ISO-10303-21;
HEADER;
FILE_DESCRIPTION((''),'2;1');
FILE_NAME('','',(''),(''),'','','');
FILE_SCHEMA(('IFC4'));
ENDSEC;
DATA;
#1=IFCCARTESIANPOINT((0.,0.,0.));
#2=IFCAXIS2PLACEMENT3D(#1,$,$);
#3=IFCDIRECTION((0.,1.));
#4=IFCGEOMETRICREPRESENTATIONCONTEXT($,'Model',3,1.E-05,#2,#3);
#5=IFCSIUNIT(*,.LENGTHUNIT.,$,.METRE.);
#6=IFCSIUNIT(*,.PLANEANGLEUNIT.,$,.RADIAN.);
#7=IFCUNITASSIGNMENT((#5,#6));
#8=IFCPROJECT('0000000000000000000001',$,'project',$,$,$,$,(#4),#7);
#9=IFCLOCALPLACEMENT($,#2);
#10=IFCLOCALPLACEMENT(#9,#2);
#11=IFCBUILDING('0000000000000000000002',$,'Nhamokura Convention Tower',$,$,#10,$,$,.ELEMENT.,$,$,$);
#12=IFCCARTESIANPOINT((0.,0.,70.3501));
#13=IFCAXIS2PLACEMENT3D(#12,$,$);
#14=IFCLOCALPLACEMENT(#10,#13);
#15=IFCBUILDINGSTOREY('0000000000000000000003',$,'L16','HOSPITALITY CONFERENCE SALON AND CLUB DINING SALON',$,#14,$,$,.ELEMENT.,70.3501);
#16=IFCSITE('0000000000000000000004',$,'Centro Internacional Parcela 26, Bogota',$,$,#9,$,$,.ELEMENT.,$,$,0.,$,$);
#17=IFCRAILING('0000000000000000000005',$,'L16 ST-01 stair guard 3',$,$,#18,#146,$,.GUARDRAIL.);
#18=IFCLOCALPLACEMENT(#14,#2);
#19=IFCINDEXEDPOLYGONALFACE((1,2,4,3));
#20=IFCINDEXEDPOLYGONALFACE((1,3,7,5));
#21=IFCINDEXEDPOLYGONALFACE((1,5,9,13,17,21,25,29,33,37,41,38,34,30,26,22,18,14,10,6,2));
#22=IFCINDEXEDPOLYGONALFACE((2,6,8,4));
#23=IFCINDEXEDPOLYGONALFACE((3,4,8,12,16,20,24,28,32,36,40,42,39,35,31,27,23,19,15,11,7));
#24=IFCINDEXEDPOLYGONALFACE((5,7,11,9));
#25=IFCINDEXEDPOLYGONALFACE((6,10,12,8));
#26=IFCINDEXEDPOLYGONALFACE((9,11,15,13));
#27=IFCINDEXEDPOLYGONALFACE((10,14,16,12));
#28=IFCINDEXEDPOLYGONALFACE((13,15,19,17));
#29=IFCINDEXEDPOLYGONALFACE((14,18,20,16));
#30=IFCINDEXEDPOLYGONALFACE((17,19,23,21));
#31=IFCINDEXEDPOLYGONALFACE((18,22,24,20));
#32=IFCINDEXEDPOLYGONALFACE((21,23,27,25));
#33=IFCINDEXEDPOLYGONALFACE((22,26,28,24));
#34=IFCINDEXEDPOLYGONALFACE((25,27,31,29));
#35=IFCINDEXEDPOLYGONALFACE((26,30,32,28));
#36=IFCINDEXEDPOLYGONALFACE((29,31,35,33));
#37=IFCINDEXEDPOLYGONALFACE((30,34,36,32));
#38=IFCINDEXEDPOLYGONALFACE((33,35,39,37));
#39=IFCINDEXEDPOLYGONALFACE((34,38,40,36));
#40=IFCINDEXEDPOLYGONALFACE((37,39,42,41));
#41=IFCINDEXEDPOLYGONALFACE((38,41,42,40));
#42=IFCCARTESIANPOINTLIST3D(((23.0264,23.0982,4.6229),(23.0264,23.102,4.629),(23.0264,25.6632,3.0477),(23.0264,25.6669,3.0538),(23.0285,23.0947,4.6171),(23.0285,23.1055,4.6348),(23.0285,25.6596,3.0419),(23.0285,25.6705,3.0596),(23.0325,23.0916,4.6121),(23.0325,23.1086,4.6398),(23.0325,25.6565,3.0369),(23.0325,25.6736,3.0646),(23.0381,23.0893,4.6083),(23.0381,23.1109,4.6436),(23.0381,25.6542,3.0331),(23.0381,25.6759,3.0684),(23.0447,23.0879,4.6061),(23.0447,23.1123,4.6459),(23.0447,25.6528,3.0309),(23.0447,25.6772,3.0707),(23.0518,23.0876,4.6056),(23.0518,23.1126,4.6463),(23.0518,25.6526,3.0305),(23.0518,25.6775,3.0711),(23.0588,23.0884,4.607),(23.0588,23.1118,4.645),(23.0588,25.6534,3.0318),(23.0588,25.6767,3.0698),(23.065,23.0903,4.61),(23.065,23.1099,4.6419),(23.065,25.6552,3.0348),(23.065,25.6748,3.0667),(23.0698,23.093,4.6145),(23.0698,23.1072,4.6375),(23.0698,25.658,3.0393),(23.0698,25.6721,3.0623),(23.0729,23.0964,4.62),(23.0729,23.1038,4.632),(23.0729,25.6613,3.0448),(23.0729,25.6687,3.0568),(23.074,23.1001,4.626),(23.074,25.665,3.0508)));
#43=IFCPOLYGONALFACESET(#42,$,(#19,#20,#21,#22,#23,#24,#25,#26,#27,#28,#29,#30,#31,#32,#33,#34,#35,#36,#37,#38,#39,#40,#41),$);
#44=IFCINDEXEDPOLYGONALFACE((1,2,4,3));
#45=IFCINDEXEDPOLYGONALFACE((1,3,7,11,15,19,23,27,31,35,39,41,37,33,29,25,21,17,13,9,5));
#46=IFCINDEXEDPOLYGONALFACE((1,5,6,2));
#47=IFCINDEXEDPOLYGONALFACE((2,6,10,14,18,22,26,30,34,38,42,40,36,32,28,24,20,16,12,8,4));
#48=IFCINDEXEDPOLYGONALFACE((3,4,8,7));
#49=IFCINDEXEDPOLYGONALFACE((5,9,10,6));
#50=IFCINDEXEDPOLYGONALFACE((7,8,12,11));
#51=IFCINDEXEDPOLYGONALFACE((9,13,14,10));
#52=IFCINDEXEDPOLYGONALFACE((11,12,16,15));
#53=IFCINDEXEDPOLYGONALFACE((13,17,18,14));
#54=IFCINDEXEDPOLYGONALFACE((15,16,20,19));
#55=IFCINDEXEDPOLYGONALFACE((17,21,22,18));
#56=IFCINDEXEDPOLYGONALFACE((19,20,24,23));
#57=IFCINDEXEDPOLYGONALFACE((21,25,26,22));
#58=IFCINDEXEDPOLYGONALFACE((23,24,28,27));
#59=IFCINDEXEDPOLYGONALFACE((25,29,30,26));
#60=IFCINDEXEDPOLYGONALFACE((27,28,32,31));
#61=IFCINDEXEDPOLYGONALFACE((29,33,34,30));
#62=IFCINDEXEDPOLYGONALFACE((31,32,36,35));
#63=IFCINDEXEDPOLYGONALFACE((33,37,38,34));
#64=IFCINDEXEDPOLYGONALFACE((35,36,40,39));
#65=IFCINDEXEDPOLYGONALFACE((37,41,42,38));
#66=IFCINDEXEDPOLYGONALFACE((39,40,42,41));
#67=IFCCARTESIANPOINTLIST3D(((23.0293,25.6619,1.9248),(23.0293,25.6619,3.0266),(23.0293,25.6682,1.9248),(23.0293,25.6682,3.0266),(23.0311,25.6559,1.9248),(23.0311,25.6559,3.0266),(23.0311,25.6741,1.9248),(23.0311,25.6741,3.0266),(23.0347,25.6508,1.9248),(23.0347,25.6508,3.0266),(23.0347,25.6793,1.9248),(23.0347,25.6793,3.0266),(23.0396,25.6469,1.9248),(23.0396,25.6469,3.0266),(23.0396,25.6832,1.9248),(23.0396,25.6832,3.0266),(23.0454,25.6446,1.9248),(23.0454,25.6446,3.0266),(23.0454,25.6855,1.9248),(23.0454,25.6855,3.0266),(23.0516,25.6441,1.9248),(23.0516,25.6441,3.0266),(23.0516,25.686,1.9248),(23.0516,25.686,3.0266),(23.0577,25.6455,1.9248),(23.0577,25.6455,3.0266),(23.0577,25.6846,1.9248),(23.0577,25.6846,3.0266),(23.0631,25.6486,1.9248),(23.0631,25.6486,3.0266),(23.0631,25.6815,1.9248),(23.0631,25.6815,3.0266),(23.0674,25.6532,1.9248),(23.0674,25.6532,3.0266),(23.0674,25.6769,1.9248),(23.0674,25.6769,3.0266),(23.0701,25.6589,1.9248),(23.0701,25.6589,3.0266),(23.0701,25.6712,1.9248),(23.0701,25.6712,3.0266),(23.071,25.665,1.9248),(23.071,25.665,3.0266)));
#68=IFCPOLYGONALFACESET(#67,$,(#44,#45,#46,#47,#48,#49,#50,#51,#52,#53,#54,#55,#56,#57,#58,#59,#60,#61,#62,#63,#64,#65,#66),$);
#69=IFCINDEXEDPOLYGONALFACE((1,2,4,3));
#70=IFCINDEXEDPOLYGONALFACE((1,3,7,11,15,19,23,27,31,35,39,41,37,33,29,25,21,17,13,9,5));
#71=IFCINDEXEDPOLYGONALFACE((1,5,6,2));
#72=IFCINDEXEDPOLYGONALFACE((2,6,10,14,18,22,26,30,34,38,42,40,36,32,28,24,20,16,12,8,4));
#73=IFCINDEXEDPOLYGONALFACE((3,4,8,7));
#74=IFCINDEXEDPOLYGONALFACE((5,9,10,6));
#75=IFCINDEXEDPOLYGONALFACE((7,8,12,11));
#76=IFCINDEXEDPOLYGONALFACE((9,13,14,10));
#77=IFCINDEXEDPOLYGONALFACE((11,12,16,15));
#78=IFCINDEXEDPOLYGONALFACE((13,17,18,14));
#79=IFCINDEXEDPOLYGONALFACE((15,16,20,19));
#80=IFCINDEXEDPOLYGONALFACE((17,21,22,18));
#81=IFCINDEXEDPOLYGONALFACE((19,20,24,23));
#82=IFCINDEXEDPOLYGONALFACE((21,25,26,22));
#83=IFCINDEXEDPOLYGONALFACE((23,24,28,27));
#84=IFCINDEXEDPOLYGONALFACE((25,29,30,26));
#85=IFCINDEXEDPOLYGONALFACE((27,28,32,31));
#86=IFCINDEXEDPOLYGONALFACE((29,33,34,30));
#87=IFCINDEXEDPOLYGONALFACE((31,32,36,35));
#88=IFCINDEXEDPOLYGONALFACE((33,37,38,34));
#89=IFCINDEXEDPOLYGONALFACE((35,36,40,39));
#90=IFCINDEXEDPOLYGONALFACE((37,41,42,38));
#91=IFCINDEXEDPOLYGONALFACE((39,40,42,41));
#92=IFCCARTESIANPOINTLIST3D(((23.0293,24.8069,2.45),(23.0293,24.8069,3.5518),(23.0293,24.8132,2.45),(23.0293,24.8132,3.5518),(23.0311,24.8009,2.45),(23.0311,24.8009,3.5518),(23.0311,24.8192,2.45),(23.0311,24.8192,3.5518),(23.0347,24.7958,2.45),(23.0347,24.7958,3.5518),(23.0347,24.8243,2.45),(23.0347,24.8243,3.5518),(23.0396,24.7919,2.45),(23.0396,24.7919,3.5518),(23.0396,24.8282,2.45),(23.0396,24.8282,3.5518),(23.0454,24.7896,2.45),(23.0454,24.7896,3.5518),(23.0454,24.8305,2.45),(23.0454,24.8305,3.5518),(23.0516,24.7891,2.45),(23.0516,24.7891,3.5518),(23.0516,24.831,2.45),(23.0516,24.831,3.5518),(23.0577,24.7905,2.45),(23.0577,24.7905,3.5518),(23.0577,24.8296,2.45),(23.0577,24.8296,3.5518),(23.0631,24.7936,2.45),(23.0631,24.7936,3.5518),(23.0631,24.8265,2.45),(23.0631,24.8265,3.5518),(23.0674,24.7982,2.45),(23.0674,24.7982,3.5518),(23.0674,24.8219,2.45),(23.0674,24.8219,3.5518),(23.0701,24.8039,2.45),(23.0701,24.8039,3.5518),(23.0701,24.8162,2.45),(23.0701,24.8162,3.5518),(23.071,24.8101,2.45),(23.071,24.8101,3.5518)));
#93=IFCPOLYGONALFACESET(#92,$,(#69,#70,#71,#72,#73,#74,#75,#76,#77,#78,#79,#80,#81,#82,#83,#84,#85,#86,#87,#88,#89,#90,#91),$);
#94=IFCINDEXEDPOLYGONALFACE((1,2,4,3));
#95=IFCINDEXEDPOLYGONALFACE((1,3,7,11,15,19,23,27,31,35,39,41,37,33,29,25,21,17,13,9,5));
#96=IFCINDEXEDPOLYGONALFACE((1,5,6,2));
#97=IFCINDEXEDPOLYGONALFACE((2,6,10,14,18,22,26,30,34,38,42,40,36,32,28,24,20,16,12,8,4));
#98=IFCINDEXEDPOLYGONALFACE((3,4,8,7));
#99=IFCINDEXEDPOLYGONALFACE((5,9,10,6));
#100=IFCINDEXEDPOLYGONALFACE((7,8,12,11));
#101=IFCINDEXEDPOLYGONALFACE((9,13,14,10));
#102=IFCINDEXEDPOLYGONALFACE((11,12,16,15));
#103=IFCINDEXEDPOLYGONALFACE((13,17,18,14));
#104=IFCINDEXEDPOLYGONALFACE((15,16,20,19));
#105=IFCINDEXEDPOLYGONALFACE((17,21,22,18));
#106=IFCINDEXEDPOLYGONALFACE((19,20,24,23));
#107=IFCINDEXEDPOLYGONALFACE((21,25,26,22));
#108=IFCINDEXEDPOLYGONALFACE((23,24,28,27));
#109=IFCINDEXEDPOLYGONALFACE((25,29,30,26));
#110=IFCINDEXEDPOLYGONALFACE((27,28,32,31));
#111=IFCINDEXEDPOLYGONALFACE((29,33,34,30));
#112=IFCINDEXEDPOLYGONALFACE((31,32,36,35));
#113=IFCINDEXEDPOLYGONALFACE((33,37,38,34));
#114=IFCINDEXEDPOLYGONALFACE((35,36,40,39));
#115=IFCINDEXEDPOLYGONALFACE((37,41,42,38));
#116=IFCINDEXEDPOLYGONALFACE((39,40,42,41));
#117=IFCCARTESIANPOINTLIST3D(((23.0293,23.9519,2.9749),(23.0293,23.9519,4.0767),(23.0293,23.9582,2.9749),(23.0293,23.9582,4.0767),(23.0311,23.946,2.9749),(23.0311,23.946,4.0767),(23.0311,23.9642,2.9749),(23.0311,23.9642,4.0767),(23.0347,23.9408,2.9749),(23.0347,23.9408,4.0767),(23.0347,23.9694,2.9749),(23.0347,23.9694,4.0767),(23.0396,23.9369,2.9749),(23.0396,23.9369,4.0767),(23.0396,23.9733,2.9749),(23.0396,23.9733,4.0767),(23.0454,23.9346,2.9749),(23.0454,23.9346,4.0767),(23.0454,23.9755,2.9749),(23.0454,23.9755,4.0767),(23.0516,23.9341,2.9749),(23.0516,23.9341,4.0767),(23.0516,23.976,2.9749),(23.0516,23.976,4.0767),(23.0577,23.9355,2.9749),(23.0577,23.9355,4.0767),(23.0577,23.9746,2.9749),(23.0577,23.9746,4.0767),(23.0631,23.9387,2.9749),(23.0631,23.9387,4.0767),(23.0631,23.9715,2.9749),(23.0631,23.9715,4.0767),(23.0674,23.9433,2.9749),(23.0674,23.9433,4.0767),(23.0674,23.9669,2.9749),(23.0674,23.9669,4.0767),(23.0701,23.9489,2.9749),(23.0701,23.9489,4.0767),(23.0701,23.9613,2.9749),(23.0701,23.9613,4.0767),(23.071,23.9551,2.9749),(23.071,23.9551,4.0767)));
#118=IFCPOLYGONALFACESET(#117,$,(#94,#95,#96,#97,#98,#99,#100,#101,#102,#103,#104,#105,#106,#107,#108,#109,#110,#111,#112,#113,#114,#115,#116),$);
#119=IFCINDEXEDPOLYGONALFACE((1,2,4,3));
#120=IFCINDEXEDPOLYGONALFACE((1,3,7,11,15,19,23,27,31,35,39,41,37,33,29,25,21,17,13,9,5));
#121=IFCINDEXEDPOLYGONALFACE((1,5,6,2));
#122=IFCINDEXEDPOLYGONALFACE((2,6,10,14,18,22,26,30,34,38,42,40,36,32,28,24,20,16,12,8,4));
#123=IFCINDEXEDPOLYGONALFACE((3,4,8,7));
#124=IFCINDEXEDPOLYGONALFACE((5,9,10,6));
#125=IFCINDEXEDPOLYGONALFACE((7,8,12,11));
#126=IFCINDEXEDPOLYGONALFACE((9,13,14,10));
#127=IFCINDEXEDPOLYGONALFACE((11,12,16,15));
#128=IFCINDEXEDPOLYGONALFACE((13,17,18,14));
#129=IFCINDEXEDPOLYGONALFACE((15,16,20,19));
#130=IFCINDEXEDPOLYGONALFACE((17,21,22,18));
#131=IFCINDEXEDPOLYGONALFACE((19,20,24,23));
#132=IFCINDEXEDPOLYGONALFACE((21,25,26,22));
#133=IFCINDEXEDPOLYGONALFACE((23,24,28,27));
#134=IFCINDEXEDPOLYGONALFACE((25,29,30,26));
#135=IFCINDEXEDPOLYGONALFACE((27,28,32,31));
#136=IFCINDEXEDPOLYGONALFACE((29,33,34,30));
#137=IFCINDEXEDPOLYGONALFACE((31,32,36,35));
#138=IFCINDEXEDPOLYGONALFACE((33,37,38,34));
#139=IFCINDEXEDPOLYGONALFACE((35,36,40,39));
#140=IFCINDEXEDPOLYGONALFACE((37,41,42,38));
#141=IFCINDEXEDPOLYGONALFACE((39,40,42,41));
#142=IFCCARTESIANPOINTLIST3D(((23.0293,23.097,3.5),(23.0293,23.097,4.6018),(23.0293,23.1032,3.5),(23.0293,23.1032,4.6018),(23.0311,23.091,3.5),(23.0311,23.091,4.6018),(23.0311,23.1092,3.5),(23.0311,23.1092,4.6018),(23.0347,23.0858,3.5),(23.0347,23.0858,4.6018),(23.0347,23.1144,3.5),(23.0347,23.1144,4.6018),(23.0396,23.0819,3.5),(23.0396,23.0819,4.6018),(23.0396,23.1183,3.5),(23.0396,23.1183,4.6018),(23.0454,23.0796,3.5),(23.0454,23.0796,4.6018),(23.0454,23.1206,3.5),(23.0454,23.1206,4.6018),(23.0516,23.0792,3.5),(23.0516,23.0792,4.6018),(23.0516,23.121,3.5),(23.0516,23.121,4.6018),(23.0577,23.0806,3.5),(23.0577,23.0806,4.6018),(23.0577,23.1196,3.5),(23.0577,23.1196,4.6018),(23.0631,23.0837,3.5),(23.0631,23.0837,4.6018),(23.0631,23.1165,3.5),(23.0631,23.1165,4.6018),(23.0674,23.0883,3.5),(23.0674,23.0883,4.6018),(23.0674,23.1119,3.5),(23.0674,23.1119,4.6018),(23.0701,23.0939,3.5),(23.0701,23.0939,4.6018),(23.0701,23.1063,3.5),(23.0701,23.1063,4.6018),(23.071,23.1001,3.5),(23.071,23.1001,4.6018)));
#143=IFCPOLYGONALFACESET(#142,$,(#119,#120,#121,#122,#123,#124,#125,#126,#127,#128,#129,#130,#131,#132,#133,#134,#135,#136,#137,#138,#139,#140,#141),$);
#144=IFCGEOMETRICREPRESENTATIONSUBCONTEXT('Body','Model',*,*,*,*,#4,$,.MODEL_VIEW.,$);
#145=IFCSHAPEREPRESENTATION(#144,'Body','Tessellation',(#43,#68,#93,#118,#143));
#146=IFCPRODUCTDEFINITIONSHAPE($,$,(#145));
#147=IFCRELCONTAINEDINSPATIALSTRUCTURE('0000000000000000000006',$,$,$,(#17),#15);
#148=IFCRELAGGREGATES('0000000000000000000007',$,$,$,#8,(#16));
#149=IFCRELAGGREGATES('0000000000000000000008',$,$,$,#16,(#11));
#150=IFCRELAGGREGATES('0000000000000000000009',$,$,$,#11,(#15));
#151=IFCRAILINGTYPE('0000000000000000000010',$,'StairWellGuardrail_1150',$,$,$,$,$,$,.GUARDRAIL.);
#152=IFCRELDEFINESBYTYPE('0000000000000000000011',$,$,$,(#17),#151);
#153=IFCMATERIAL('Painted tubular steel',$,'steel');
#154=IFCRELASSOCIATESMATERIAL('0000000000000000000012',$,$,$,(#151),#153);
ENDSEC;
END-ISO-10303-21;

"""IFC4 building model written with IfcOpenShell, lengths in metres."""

from ifc_helpers import new_model, si_unit, direction, frame, origin, origin_2d, place, context, subcontext, project, spatial, circle, extrude, material, type_object, element, save


model = new_model("IFC4")

# Units and contexts
model_context = context("Model", 3, precision=1e-05, world=origin(), true_north=direction((0.0, 1.0)))
body_context = subcontext(model_context, "Body", "Model", "MODEL_VIEW")
ifc_project = project(units=[si_unit("LENGTHUNIT", "METRE"), si_unit("PLANEANGLEUNIT", "RADIAN")], contexts=[model_context])

# Site, building, storey
site_placement = place(None, origin())
site = spatial("IfcSite", under=ifc_project, at=site_placement, Name="Centro Internacional Parcela 26, Bogota", CompositionType="ELEMENT", RefElevation=0.0)
building_placement = place(site_placement, origin())
building = spatial("IfcBuilding", under=site, at=building_placement, Name="Nhamokura Convention Tower", CompositionType="ELEMENT")
storey_placement = place(building_placement, frame((0.0, 0.0, 70.3501)))
storey = spatial("IfcBuildingStorey", under=building, at=storey_placement, Name="L16", Description="HOSPITALITY CONFERENCE SALON AND CLUB DINING SALON", CompositionType="ELEMENT", Elevation=70.3501)

# Railing
ifc_material_1 = material(Name="Painted tubular steel", Category="steel")
railing_type_1 = type_object("IfcRailingType", Name="StairWellGuardrail_1150", PredefinedType="GUARDRAIL", material=ifc_material_1)
railing_1_placement = place(storey_placement, frame((23.05, 25.665, 1.9248)))
element("IfcRailing", 1, at=railing_1_placement, inside=storey, type_object=railing_type_1, Name="L16 ST-01 stair guard 3", PredefinedType="GUARDRAIL", context=body_context, shape_type="SweptSolid", body=[
    extrude(circle(Radius=0.0239, at=origin_2d()), frame((0.0, 0.0, 1.126), z_axis=(0.0, -0.852137, 0.523319), x_axis=(1.0, 0.0, 0.0)), (0.0, 0.0, 1.0), 3.01),
    extrude(circle(Radius=0.021, at=origin_2d()), origin(), (0.0, 0.0, 1.0), 1.1018),
    extrude(circle(Radius=0.021, at=origin_2d()), frame((0.0, -0.855, 0.5251)), (0.0, 0.0, 1.0), 1.1018),
    extrude(circle(Radius=0.021, at=origin_2d()), frame((0.0, -1.71, 1.05)), (0.0, 0.0, 1.0), 1.1018),
    extrude(circle(Radius=0.021, at=origin_2d()), frame((0.0, -2.5649, 1.5752)), (0.0, 0.0, 1.0), 1.1018),
])

save(model, "model.ifc")
